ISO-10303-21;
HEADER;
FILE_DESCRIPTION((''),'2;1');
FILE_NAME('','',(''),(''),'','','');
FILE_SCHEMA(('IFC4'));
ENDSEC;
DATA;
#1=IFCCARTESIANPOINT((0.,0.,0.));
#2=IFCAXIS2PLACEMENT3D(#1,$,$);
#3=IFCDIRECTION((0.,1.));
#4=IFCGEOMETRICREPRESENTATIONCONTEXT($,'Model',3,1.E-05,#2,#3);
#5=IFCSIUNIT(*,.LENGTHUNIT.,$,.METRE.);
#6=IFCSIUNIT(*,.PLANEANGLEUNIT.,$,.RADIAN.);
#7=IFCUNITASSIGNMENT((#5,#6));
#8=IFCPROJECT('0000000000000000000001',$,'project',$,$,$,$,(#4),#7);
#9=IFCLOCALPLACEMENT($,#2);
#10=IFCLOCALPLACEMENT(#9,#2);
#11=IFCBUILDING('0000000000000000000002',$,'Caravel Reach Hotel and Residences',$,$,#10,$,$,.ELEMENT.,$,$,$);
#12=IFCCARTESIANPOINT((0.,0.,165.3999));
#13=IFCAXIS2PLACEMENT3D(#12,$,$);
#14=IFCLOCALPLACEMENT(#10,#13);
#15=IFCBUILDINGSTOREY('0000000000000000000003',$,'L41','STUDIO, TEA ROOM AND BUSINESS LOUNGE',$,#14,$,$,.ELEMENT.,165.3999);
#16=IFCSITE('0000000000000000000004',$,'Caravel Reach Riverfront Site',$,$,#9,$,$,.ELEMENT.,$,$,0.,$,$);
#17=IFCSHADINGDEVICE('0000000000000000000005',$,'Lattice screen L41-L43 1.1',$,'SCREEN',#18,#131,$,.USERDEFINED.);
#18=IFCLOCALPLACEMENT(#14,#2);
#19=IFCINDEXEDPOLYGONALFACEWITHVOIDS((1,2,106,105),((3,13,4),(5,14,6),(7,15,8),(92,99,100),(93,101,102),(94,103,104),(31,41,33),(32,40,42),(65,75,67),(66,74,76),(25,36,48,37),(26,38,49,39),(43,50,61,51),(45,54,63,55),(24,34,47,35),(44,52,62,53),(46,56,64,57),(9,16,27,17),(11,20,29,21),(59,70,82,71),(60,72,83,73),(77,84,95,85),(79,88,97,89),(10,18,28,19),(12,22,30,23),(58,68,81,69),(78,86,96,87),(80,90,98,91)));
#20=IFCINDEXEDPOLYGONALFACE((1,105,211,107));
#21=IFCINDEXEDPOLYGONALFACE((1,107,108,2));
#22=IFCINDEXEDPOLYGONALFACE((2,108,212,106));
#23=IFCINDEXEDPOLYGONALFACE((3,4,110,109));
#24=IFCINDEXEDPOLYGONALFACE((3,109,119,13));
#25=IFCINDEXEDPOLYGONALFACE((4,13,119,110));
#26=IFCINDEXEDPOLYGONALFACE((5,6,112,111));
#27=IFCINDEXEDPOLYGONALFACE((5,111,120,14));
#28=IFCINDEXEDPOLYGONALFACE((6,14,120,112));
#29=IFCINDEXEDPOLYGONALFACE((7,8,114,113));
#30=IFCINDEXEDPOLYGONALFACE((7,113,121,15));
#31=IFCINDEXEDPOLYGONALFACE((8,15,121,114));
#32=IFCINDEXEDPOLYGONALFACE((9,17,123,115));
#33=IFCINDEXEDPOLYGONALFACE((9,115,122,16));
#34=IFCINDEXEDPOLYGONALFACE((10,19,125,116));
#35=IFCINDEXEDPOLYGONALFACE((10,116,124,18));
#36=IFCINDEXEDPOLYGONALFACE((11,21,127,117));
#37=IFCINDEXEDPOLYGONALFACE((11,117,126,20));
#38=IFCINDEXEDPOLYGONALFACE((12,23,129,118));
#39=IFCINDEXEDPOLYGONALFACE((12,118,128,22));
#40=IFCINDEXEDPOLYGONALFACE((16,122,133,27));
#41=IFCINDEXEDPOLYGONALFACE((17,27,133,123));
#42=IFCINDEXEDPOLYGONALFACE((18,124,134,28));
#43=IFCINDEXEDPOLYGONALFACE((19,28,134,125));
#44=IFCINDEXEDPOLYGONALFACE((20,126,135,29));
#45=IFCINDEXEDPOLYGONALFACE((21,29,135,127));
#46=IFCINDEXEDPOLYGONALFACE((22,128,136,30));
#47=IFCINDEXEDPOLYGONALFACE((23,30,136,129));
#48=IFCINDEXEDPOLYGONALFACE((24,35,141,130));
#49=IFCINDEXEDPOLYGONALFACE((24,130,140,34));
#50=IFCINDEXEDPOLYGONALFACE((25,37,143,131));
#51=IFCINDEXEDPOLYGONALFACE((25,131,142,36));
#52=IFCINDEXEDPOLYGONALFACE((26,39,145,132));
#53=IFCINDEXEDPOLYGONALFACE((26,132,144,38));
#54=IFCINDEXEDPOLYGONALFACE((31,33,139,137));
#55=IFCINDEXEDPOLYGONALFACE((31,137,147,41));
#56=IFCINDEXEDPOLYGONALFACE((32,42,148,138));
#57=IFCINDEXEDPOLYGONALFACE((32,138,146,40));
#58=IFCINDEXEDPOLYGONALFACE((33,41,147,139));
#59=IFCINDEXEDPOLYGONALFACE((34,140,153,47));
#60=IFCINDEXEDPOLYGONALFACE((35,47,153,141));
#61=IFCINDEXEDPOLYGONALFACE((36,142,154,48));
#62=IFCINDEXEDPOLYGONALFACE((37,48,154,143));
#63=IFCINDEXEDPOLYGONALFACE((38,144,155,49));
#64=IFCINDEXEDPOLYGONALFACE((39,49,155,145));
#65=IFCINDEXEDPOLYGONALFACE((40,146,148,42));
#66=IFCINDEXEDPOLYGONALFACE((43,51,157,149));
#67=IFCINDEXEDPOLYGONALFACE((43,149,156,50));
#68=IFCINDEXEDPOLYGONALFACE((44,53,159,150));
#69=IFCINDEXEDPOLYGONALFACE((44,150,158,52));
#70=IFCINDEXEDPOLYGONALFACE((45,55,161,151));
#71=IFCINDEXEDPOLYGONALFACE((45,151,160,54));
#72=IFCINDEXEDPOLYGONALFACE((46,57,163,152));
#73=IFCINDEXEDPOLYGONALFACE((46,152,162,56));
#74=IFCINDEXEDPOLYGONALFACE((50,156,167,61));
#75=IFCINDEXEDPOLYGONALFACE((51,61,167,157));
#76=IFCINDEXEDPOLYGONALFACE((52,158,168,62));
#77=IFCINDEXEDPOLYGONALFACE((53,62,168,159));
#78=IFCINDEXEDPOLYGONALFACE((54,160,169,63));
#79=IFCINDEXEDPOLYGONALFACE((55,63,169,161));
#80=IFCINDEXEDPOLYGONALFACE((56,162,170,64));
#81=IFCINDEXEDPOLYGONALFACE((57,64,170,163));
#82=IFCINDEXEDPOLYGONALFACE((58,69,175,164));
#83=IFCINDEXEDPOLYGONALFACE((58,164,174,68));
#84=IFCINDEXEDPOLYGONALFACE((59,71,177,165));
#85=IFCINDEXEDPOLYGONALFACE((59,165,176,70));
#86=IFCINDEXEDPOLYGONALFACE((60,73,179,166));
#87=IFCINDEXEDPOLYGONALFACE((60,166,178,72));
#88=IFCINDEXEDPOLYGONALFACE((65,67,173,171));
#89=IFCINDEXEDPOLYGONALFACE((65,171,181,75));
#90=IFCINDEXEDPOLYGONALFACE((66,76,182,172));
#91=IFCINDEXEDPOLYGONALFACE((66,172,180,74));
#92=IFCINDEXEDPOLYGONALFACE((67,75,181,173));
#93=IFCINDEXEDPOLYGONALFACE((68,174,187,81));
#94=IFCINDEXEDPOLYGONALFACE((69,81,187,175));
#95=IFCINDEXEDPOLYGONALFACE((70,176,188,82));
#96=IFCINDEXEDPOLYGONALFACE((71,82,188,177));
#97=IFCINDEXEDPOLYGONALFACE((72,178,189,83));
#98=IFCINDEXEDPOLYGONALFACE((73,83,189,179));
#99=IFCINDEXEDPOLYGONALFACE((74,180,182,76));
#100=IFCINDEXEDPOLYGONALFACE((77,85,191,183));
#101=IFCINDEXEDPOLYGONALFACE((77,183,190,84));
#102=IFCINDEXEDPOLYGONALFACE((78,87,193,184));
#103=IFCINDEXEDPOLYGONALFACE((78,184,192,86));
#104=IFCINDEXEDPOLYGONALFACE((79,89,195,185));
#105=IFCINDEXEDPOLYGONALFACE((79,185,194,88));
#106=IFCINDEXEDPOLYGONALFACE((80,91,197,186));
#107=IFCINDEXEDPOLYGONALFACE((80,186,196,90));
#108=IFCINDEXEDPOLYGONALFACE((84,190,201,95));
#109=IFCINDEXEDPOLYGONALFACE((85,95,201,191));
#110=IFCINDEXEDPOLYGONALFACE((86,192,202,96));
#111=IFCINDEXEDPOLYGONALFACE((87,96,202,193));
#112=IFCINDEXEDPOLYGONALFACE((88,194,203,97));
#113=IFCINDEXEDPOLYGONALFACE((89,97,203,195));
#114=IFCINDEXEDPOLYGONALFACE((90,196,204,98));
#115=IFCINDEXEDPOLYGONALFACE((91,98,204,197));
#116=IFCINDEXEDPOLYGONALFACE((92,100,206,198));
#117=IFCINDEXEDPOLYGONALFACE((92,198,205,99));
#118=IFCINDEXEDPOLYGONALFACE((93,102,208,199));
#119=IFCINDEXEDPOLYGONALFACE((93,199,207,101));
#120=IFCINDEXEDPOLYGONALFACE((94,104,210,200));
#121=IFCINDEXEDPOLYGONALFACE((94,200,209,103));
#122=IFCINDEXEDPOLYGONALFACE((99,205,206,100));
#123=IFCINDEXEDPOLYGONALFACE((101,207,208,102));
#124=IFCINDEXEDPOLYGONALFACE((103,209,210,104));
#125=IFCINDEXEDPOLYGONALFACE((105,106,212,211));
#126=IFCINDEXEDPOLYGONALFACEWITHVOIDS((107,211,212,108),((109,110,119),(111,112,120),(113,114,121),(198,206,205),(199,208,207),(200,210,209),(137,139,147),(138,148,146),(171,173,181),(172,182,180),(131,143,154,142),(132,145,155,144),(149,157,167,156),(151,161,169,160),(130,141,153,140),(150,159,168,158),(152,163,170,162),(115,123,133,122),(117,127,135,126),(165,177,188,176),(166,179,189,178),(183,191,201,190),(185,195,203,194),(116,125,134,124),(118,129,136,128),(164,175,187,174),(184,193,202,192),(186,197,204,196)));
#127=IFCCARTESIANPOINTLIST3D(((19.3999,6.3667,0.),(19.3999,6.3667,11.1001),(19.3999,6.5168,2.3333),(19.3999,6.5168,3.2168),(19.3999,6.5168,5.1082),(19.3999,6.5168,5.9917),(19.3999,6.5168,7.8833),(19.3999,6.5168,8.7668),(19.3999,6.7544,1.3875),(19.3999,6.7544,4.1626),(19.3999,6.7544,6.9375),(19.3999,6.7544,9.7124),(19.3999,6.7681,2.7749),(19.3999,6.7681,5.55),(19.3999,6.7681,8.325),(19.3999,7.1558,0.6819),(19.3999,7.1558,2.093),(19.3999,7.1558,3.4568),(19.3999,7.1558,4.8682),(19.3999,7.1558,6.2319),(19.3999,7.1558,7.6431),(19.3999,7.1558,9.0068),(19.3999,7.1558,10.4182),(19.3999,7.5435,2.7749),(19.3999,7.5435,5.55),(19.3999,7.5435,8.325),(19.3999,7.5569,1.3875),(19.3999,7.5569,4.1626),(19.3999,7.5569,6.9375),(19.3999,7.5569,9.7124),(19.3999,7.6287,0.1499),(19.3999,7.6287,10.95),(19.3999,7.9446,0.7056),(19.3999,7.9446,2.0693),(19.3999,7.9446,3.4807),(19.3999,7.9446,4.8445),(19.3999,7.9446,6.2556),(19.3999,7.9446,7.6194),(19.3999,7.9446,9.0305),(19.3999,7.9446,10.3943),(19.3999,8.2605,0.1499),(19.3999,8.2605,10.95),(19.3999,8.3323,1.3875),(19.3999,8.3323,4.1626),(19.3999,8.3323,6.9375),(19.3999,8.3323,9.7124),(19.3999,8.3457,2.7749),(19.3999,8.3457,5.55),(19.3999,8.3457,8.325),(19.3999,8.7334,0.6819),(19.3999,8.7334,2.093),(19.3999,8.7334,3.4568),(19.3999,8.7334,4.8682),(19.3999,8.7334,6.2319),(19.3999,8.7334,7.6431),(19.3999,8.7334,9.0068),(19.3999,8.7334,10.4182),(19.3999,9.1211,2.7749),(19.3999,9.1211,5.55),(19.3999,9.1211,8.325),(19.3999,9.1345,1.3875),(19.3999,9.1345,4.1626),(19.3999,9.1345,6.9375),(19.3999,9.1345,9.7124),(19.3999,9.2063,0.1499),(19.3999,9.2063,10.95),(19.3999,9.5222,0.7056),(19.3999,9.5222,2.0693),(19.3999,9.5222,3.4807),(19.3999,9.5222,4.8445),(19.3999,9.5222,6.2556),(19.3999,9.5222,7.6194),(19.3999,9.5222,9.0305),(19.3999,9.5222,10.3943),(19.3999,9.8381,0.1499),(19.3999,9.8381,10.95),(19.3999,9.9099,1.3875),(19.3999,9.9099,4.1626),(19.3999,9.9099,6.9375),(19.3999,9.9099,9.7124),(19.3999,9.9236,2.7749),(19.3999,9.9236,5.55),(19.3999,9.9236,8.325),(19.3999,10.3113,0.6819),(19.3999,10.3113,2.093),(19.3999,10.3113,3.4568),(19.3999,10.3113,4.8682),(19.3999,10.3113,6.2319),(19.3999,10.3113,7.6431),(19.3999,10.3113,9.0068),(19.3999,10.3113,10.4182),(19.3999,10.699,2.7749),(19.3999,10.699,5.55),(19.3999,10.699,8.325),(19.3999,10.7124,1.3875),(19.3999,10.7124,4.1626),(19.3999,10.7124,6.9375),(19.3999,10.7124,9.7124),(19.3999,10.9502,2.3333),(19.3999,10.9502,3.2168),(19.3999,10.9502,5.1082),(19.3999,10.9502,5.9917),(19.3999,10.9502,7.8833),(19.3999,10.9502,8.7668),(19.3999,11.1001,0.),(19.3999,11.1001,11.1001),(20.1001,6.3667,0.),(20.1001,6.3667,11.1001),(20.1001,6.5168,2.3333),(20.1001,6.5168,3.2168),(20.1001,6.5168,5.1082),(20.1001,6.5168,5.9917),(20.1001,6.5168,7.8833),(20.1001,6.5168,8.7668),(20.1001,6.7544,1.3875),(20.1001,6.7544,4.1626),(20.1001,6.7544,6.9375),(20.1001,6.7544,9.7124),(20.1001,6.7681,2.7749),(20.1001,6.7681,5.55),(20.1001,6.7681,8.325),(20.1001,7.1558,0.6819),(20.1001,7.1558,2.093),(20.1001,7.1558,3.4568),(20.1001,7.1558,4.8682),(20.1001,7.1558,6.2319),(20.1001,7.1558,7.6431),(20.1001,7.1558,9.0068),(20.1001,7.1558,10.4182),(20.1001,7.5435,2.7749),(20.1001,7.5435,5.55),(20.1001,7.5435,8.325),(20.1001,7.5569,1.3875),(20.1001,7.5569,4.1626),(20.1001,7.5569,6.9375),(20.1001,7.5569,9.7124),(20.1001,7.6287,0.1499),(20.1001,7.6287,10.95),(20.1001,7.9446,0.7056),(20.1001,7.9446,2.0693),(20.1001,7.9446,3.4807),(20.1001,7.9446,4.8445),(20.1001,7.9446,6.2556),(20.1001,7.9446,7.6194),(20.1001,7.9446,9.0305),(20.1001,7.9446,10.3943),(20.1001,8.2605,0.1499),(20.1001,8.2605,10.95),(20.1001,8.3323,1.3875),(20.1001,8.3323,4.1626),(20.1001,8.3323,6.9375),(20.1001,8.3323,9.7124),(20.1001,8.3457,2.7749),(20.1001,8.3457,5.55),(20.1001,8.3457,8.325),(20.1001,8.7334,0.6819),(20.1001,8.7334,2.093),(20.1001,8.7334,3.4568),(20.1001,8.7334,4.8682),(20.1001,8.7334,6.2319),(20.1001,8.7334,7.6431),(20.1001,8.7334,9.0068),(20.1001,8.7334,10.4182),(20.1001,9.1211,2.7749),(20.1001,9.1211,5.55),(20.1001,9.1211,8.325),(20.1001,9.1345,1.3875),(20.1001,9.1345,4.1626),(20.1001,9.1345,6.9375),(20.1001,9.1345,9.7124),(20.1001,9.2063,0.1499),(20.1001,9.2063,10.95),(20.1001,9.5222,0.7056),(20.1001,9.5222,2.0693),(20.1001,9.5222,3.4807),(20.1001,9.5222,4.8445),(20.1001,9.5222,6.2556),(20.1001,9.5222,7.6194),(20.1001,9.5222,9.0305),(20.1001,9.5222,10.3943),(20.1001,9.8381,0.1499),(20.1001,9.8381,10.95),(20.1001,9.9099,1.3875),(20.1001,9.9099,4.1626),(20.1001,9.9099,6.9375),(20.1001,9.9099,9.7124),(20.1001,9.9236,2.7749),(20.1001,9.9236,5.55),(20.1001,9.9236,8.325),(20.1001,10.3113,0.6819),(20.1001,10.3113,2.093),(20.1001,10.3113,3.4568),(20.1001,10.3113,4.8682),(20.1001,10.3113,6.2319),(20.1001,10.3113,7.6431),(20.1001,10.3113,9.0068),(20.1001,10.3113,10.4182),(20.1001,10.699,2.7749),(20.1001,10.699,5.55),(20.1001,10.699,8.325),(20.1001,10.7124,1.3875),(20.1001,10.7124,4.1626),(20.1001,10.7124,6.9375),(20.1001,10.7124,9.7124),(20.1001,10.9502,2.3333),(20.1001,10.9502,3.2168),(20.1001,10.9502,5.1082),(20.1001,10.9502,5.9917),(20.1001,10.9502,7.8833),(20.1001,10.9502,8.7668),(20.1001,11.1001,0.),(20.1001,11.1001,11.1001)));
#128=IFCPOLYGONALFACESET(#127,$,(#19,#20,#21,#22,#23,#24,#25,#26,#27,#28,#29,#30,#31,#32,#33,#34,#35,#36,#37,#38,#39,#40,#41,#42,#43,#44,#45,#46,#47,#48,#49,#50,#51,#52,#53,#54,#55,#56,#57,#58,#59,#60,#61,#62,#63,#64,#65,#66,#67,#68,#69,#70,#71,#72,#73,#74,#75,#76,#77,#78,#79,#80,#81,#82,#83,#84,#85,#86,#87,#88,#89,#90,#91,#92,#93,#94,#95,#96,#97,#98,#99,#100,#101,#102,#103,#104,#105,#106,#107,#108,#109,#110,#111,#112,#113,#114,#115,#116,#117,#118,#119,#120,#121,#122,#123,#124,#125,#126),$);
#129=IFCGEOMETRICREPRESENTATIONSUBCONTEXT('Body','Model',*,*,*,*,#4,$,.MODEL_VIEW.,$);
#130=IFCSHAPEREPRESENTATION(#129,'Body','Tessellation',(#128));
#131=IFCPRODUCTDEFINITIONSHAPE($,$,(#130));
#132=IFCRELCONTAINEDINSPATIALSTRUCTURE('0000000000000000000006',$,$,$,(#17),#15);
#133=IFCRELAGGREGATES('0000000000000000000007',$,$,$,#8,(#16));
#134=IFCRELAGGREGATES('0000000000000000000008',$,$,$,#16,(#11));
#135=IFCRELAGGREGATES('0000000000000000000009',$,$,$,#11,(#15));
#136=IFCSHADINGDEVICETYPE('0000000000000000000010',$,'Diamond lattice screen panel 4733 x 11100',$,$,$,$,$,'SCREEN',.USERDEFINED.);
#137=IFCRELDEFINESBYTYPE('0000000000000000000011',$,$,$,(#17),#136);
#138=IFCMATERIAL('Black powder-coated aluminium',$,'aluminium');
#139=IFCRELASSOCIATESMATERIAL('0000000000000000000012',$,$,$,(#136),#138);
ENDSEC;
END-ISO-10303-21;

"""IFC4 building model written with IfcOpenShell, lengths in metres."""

from ifc_helpers import new_model, si_unit, direction, frame, origin, place, context, subcontext, project, spatial, polyline, outline, extrude, material, type_object, element, save


model = new_model("IFC4")

# Units and contexts
model_context = context("Model", 3, precision=1e-05, world=origin(), true_north=direction((0.0, 1.0)))
body_context = subcontext(model_context, "Body", "Model", "MODEL_VIEW")
ifc_project = project(units=[si_unit("LENGTHUNIT", "METRE"), si_unit("PLANEANGLEUNIT", "RADIAN")], contexts=[model_context])

# Site, building, storey
site_placement = place(None, origin())
site = spatial("IfcSite", under=ifc_project, at=site_placement, Name="Caravel Reach Riverfront Site", CompositionType="ELEMENT", RefElevation=0.0)
building_placement = place(site_placement, origin())
building = spatial("IfcBuilding", under=site, at=building_placement, Name="Caravel Reach Hotel and Residences", CompositionType="ELEMENT")
storey_placement = place(building_placement, frame((0.0, 0.0, 165.3999)))
storey = spatial("IfcBuildingStorey", under=building, at=storey_placement, Name="L41", Description="STUDIO, TEA ROOM AND BUSINESS LOUNGE", CompositionType="ELEMENT", Elevation=165.3999)

# Shading device
ifc_material_1 = material(Name="Black powder-coated aluminium", Category="aluminium")
shading_device_type = type_object("IfcShadingDeviceType", Name="Diamond lattice screen panel 4733 x 11100", ElementType="SCREEN", PredefinedType="USERDEFINED", material=ifc_material_1)
shading_device_1_placement = place(storey_placement, frame((20.1001, 11.1001, 0.0), z_axis=(-1.0, 0.0, 0.0), x_axis=(0.0, -1.0, 0.0)))
element("IfcShadingDevice", 1, at=shading_device_1_placement, inside=storey, type_object=shading_device_type, Name="Lattice screen L41-L43 1.1", ObjectType="SCREEN", PredefinedType="USERDEFINED", context=body_context, shape_type="SweptSolid", body=[
    extrude(outline(polyline([(0.0, 0.0), (4.7334, 0.0), (4.7334, 11.1001), (0.0, 11.1001), (0.0, 0.0)]), holes=[polyline([(0.4011, 2.7749), (0.1499, 3.2168), (0.1499, 2.3333), (0.4011, 2.7749)]), polyline([(0.4011, 5.55), (0.1499, 5.9917), (0.1499, 5.1082), (0.4011, 5.55)]), polyline([(0.4011, 8.325), (0.1499, 8.7668), (0.1499, 7.8833), (0.4011, 8.325)]), polyline([(0.7888, 2.093), (0.3877, 1.3875), (0.7888, 0.6819), (1.1902, 1.3875), (0.7888, 2.093)]), polyline([(0.7888, 4.8682), (0.3877, 4.1626), (0.7888, 3.4568), (1.1902, 4.1626), (0.7888, 4.8682)]), polyline([(0.7888, 7.6431), (0.3877, 6.9375), (0.7888, 6.2319), (1.1902, 6.9375), (0.7888, 7.6431)]), polyline([(0.7888, 10.4182), (0.3877, 9.7124), (0.7888, 9.0068), (1.1902, 9.7124), (0.7888, 10.4182)]), polyline([(1.5779, 0.7056), (1.262, 0.1499), (1.8938, 0.1499), (1.5779, 0.7056)]), polyline([(1.5779, 3.4807), (1.1765, 2.7749), (1.5779, 2.0693), (1.979, 2.7749), (1.5779, 3.4807)]), polyline([(1.5779, 6.2556), (1.1765, 5.55), (1.5779, 4.8445), (1.979, 5.55), (1.5779, 6.2556)]), polyline([(1.5779, 9.0305), (1.1765, 8.325), (1.5779, 7.6194), (1.979, 8.325), (1.5779, 9.0305)]), polyline([(1.5779, 10.3943), (1.8938, 10.95), (1.262, 10.95), (1.5779, 10.3943)]), polyline([(2.3667, 2.093), (1.9656, 1.3875), (2.3667, 0.6819), (2.7678, 1.3875), (2.3667, 2.093)]), polyline([(2.3667, 4.8682), (1.9656, 4.1626), (2.3667, 3.4568), (2.7678, 4.1626), (2.3667, 4.8682)]), polyline([(2.3667, 7.6431), (1.9656, 6.9375), (2.3667, 6.2319), (2.7678, 6.9375), (2.3667, 7.6431)]), polyline([(2.3667, 10.4182), (1.9656, 9.7124), (2.3667, 9.0068), (2.7678, 9.7124), (2.3667, 10.4182)]), polyline([(3.1555, 0.7056), (2.8396, 0.1499), (3.4714, 0.1499), (3.1555, 0.7056)]), polyline([(3.1555, 3.4807), (2.7544, 2.7749), (3.1555, 2.0693), (3.5566, 2.7749), (3.1555, 3.4807)]), polyline([(3.1555, 6.2556), (2.7544, 5.55), (3.1555, 4.8445), (3.5566, 5.55), (3.1555, 6.2556)]), polyline([(3.1555, 9.0305), (2.7544, 8.325), (3.1555, 7.6194), (3.5566, 8.325), (3.1555, 9.0305)]), polyline([(3.1555, 10.3943), (3.4714, 10.95), (2.8396, 10.95), (3.1555, 10.3943)]), polyline([(3.9443, 2.093), (3.5432, 1.3875), (3.9443, 0.6819), (4.3457, 1.3875), (3.9443, 2.093)]), polyline([(3.9443, 4.8682), (3.5432, 4.1626), (3.9443, 3.4568), (4.3457, 4.1626), (3.9443, 4.8682)]), polyline([(3.9443, 7.6431), (3.5432, 6.9375), (3.9443, 6.2319), (4.3457, 6.9375), (3.9443, 7.6431)]), polyline([(3.9443, 10.4182), (3.5432, 9.7124), (3.9443, 9.0068), (4.3457, 9.7124), (3.9443, 10.4182)]), polyline([(4.332, 2.7749), (4.5833, 2.3333), (4.5833, 3.2168), (4.332, 2.7749)]), polyline([(4.332, 5.55), (4.5833, 5.1082), (4.5833, 5.9917), (4.332, 5.55)]), polyline([(4.332, 8.325), (4.5833, 7.8833), (4.5833, 8.7668), (4.332, 8.325)])]), origin(), (0.0, 0.0, 1.0), 0.7002),
])

save(model, "model.ifc")
